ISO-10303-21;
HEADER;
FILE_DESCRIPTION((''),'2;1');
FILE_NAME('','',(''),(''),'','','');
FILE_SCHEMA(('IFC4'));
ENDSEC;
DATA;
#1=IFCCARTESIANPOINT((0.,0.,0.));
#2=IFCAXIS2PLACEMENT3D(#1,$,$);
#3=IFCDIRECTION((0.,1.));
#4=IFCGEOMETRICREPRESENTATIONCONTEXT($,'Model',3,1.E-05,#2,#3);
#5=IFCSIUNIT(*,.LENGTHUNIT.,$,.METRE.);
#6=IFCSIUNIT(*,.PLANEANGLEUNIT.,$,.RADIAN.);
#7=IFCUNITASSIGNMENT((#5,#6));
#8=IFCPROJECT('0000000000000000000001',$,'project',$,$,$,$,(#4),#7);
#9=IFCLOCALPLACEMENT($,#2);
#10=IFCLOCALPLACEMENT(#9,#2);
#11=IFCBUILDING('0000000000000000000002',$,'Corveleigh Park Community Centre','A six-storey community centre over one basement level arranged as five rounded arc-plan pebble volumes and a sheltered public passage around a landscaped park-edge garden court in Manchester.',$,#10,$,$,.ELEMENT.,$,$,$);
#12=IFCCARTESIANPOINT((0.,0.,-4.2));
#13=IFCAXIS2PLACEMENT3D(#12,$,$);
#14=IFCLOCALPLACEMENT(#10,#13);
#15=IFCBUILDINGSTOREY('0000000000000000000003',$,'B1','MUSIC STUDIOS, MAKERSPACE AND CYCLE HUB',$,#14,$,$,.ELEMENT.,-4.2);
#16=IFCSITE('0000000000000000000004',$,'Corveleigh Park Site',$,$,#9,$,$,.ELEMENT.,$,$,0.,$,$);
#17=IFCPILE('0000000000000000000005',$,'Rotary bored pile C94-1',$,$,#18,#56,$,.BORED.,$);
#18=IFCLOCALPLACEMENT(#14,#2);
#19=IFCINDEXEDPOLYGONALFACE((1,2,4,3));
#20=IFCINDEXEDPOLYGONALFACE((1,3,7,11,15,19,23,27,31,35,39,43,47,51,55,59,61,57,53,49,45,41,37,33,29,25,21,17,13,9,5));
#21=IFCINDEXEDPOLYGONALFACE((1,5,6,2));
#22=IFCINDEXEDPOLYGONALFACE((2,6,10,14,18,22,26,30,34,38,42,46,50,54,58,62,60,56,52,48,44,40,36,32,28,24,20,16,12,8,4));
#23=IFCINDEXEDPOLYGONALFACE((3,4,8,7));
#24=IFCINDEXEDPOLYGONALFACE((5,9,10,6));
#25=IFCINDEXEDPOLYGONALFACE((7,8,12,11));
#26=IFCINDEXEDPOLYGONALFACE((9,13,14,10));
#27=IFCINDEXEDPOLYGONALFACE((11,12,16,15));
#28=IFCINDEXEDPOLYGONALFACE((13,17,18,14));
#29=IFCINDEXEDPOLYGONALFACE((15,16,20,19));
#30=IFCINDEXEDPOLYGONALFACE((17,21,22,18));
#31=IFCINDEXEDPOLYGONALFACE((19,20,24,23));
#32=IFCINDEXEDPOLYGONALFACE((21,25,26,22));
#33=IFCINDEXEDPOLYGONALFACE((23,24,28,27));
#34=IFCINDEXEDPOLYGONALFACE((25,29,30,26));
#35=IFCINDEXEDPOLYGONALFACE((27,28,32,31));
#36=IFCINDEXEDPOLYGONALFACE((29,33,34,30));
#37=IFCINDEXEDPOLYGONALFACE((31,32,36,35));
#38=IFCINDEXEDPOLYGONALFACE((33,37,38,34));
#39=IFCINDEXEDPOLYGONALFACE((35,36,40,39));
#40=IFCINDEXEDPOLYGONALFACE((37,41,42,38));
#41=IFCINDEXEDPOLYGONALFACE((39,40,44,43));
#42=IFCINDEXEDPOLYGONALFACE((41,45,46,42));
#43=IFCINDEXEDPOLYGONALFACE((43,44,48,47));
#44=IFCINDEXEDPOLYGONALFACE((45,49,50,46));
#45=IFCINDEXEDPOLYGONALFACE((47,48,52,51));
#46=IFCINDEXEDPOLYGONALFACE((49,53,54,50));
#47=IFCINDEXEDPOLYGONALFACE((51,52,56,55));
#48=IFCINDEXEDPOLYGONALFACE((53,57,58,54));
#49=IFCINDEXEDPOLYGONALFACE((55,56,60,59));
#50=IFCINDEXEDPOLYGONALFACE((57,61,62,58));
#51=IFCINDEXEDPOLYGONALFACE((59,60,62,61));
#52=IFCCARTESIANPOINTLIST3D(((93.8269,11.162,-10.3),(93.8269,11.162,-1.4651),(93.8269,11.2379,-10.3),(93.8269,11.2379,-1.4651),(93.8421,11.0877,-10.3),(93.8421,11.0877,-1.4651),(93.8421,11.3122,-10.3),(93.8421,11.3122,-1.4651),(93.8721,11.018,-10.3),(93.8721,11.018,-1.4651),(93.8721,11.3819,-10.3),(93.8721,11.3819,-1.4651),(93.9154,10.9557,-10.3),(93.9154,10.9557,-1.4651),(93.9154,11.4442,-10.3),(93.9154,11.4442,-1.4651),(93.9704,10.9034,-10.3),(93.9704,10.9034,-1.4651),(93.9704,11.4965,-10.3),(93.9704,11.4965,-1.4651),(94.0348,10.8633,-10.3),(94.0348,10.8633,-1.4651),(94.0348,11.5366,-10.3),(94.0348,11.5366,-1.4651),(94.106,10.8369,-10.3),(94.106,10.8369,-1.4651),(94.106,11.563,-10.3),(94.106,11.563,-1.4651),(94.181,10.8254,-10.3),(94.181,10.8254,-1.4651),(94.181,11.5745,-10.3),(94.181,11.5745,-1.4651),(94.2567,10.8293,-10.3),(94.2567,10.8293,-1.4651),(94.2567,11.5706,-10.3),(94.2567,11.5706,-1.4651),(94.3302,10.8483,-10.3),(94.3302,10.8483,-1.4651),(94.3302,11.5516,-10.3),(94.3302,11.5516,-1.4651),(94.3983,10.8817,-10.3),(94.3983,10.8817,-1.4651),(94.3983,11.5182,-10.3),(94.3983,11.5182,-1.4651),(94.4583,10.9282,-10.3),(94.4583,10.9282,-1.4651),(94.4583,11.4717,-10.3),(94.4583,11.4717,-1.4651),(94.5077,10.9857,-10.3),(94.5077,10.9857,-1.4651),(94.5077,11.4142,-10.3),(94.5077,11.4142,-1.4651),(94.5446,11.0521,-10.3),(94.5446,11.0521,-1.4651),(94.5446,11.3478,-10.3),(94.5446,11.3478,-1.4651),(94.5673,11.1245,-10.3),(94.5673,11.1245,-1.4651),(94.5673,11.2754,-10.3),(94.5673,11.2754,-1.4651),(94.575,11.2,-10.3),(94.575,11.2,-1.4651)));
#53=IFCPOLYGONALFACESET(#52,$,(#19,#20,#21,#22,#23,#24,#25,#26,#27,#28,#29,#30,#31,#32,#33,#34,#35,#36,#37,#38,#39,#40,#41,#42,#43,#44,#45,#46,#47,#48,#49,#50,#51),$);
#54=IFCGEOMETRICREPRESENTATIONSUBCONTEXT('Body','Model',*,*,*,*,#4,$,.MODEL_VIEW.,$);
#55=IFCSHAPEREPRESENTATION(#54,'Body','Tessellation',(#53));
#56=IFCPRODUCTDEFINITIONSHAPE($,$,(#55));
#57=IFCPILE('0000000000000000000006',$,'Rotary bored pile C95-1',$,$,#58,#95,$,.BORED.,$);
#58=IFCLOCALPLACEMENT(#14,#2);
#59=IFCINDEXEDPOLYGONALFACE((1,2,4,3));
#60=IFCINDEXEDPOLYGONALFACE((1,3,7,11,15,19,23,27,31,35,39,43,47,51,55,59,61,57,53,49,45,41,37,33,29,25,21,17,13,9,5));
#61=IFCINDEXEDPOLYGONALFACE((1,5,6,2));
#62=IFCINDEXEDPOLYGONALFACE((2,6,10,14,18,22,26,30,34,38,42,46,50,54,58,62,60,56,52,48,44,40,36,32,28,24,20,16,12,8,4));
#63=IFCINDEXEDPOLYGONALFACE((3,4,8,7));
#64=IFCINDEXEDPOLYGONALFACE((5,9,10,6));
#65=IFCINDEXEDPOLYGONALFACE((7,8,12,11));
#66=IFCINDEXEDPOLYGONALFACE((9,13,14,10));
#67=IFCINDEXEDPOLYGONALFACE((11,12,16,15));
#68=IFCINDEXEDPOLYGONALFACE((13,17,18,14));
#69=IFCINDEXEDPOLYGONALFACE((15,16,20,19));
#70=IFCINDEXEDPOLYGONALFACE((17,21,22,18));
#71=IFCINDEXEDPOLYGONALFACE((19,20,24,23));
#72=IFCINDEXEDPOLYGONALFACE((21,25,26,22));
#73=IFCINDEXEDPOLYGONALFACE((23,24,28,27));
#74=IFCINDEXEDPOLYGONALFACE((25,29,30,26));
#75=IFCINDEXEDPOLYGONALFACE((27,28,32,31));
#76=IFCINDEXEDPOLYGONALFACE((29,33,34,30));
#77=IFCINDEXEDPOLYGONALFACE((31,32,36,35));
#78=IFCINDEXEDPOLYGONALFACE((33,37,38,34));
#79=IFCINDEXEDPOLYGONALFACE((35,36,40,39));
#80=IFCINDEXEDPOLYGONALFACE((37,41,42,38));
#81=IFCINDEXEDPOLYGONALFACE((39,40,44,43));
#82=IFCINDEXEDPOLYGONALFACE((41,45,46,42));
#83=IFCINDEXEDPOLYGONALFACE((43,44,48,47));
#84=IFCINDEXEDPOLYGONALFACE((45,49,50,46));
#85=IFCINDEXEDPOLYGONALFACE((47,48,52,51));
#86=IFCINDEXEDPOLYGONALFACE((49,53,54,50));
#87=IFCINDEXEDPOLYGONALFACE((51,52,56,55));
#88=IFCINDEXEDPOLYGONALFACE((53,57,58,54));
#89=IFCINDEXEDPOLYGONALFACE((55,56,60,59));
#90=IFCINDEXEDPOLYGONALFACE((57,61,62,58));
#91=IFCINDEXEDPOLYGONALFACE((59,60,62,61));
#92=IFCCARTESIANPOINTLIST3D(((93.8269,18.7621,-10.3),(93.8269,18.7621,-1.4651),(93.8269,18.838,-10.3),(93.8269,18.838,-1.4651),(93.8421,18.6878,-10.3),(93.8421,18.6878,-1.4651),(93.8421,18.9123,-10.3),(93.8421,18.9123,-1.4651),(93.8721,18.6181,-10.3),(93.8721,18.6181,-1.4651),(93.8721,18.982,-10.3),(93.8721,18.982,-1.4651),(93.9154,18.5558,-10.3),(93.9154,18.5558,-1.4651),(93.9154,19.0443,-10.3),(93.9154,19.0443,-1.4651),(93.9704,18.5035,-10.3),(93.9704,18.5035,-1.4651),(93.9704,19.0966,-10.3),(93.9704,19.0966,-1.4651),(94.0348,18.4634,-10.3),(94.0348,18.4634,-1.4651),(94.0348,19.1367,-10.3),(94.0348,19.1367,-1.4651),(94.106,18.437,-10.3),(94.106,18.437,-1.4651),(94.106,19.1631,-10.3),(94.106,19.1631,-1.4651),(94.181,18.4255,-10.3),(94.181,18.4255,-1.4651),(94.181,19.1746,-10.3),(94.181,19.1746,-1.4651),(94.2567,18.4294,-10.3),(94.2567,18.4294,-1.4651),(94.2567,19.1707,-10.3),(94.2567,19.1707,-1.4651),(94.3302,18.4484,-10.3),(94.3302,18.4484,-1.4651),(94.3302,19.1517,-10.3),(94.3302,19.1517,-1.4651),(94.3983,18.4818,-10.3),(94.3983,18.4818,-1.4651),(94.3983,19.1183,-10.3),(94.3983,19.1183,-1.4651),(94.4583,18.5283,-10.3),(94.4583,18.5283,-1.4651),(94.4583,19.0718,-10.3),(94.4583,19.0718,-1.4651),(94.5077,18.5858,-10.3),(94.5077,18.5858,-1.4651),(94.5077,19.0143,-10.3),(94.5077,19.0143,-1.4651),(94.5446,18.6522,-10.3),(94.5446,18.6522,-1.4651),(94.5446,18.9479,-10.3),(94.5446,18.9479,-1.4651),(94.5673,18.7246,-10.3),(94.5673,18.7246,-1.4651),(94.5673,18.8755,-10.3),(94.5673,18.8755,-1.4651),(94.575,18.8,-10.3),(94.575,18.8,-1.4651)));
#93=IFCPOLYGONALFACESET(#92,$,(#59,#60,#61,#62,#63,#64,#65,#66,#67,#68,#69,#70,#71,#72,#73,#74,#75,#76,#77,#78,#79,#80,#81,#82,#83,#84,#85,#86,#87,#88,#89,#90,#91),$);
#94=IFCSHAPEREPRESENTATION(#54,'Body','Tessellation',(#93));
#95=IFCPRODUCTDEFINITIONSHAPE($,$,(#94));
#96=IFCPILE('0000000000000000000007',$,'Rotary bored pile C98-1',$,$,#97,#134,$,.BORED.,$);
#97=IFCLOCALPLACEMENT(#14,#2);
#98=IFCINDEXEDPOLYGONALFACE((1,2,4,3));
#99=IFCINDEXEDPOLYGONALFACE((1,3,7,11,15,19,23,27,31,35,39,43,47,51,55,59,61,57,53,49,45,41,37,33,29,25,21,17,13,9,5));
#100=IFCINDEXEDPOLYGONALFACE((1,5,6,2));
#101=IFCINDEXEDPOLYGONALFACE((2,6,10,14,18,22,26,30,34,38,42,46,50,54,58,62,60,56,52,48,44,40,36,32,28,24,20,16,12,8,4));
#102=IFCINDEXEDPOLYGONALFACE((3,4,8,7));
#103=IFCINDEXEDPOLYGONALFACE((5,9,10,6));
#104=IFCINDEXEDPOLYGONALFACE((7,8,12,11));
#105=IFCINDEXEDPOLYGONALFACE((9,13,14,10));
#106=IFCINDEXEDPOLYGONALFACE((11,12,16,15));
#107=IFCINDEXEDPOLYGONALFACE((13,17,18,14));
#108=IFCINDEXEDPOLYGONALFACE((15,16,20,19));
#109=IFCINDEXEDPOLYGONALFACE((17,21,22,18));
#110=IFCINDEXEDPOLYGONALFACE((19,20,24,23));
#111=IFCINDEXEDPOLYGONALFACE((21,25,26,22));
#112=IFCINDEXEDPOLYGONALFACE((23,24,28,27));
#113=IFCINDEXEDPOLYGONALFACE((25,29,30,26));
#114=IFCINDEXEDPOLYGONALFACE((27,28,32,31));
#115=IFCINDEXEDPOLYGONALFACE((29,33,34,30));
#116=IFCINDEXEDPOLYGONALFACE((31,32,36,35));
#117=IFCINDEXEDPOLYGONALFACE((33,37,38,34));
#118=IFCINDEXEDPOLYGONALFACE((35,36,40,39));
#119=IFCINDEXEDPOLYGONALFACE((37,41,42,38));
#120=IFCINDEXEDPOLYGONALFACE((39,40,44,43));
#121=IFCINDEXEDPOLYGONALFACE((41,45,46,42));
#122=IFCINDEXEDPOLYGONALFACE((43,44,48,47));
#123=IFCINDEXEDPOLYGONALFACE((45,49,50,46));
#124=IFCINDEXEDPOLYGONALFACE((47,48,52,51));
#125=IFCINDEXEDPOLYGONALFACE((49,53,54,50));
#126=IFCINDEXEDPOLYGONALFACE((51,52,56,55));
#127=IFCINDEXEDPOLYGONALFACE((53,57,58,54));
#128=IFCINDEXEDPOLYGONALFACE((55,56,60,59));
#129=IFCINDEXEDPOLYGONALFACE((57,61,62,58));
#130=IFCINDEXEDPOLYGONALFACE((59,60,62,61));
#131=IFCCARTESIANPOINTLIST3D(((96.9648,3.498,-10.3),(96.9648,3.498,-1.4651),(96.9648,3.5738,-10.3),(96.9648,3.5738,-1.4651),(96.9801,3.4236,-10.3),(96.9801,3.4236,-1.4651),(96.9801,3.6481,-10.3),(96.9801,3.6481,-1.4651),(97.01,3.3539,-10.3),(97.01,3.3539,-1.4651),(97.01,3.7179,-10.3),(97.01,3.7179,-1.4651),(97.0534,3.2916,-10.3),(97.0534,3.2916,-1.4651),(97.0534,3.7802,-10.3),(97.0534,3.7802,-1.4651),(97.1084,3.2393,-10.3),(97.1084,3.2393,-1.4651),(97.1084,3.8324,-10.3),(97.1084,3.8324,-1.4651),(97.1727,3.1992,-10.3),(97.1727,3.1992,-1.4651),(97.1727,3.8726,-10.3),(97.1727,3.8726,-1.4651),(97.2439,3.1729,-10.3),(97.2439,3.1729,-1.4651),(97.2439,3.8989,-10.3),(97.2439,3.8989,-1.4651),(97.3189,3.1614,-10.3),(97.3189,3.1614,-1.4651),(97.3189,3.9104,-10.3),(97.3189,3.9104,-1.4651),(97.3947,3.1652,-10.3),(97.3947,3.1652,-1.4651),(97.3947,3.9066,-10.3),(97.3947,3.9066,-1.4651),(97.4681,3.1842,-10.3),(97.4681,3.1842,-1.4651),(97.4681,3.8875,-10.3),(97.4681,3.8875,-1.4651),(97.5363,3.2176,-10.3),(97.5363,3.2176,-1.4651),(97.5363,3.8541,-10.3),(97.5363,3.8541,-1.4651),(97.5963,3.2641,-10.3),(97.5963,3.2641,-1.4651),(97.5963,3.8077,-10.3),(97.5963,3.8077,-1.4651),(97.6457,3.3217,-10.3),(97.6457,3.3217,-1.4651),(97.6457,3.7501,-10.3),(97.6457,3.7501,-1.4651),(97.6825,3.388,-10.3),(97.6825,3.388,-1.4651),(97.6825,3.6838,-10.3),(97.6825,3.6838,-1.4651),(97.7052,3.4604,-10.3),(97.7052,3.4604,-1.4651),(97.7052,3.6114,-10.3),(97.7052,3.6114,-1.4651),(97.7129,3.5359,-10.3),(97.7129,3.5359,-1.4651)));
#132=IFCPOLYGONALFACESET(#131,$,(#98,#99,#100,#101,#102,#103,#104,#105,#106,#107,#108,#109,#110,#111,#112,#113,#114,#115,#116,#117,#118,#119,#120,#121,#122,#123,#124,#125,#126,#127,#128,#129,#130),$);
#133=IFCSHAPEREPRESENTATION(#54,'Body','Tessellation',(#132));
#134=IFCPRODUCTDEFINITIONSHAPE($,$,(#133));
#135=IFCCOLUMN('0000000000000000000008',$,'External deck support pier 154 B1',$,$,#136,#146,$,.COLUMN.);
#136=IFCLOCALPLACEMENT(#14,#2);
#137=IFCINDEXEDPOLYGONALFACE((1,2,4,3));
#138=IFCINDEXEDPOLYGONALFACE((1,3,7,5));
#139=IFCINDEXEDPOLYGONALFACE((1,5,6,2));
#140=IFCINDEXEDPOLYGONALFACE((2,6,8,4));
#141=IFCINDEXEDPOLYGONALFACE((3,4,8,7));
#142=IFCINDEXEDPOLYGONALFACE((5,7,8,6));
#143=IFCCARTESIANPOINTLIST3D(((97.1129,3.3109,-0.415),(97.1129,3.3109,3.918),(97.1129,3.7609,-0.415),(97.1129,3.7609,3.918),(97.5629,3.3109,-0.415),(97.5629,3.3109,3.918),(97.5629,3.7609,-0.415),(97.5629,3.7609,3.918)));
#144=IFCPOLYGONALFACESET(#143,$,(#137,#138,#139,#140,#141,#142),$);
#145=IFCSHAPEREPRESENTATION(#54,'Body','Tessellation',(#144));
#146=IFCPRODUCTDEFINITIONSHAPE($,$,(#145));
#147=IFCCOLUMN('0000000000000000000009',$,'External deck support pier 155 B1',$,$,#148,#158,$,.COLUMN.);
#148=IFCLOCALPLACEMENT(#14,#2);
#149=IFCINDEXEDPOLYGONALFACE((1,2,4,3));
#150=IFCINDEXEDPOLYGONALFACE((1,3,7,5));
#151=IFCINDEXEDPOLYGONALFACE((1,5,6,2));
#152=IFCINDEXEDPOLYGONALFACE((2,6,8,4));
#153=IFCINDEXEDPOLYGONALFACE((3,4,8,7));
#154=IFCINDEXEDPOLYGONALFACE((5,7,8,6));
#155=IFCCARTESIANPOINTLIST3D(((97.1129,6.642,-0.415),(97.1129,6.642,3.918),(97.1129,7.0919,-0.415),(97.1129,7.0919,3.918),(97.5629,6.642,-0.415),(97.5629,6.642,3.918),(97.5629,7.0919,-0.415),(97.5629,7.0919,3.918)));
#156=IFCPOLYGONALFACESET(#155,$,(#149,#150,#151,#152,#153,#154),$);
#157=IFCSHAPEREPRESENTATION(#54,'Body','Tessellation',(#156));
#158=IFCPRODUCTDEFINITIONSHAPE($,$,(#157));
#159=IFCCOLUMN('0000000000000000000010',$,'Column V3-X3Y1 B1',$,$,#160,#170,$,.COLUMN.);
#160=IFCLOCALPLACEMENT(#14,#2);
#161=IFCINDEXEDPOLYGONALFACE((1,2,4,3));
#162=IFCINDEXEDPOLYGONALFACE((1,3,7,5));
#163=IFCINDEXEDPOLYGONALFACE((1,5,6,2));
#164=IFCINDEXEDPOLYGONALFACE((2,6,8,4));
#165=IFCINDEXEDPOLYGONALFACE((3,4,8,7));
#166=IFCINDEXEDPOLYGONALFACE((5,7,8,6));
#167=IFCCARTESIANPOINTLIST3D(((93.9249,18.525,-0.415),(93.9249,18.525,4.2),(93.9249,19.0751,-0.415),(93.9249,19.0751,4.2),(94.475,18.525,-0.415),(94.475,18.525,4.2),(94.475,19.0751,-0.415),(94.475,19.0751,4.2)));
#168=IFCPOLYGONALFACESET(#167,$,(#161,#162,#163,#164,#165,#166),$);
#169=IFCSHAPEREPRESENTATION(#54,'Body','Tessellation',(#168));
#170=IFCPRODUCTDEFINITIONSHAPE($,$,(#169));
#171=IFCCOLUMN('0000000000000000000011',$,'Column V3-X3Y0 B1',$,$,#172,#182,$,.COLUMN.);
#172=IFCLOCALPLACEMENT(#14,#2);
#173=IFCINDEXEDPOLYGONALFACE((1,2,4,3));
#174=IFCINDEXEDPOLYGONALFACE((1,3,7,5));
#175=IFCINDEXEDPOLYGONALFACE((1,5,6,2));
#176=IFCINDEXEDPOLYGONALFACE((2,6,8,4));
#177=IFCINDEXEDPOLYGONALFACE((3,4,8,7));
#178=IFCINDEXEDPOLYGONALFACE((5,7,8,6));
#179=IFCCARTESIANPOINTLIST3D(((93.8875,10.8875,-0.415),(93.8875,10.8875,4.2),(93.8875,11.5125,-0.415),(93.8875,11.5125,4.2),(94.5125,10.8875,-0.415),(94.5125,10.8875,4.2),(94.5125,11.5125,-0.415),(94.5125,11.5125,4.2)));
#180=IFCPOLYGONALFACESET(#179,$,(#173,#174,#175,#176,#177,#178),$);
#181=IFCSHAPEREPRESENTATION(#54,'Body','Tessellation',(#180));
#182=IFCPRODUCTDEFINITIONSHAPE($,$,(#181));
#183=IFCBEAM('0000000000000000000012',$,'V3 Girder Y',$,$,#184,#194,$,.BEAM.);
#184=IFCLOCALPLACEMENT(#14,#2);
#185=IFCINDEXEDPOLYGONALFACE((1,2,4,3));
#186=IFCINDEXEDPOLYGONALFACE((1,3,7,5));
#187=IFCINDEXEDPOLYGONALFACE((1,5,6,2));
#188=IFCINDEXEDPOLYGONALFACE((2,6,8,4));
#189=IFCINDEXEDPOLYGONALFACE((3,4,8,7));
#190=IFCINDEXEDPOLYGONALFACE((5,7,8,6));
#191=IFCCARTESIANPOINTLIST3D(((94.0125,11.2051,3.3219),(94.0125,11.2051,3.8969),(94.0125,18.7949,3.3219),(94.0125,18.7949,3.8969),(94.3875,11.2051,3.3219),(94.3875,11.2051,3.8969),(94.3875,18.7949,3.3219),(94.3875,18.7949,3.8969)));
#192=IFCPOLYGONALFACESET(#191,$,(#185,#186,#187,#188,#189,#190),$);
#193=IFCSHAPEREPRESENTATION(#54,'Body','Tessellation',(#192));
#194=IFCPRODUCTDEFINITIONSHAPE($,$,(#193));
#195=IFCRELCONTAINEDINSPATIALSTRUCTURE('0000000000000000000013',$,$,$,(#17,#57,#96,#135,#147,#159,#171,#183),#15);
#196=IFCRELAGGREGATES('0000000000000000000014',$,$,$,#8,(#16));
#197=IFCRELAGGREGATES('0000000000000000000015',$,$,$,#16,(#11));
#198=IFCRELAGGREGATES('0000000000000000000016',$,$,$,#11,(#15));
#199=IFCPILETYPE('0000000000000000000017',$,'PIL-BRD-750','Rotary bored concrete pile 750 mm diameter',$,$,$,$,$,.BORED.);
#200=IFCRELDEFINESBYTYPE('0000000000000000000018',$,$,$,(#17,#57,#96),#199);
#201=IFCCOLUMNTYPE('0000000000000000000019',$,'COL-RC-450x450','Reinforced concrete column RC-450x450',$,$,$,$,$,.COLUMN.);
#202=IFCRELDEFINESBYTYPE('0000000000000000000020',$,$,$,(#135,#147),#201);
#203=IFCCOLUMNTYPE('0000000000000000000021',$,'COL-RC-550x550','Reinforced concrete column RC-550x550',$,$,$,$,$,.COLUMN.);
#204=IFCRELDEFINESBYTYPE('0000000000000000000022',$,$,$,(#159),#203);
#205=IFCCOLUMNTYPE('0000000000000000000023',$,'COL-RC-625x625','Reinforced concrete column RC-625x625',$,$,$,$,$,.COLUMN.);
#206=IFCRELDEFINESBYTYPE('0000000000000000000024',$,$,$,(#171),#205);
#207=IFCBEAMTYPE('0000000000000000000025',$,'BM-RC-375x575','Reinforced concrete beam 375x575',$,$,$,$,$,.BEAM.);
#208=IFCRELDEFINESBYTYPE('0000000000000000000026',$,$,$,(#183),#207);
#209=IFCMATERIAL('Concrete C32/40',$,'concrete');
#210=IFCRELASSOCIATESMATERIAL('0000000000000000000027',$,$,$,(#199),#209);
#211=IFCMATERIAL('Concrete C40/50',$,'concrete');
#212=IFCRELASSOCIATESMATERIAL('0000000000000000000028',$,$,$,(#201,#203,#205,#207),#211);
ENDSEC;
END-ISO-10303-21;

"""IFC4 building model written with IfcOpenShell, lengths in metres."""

from ifc_helpers import new_model, si_unit, direction, frame, origin, origin_2d, place, context, subcontext, project, spatial, rectangle, circle, extrude, material, material_profile, profile_set, type_object, element, save


model = new_model("IFC4")

# Units and contexts
model_context = context("Model", 3, precision=1e-05, world=origin(), true_north=direction((0.0, 1.0)))
body_context = subcontext(model_context, "Body", "Model", "MODEL_VIEW")
ifc_project = project(units=[si_unit("LENGTHUNIT", "METRE"), si_unit("PLANEANGLEUNIT", "RADIAN")], contexts=[model_context])

# Site, building, storey
site_placement = place(None, origin())
site = spatial("IfcSite", under=ifc_project, at=site_placement, Name="Corveleigh Park Site", CompositionType="ELEMENT", RefElevation=0.0)
building_placement = place(site_placement, origin())
building = spatial("IfcBuilding", under=site, at=building_placement, Name="Corveleigh Park Community Centre", Description="A six-storey community centre over one basement level arranged as five rounded arc-plan pebble volumes and a sheltered public passage around a landscaped park-edge garden court in Manchester.", CompositionType="ELEMENT")
storey_placement = place(building_placement, frame((0.0, 0.0, -4.2)))
storey = spatial("IfcBuildingStorey", under=building, at=storey_placement, Name="B1", Description="MUSIC STUDIOS, MAKERSPACE AND CYCLE HUB", CompositionType="ELEMENT", Elevation=-4.2)

# Shared definitions
ifc_material_1 = material(Name="Concrete C40/50", Category="concrete")

# Piles
ifc_material_2 = material(Name="Concrete C32/40", Category="concrete")
ifc_material_profile_1 = material_profile(ifc_material_2, circle(Radius=0.375, at=origin_2d()), Name="BORED-PILE-750", Category="concrete")
ifc_profile_set_1 = profile_set([ifc_material_profile_1], Name="Concrete C32/40")
pile_type = type_object("IfcPileType", Name="PIL-BRD-750", Description="Rotary bored concrete pile 750 mm diameter", PredefinedType="BORED", material=ifc_profile_set_1)
for number, where, z_axis, x_axis, name in (
    (1, (94.2, 11.2, -1.4651), (0.0, 0.0, -1.0), (1.0, 0.0, 0.0), "Rotary bored pile C94-1"),
    (2, (94.2, 18.8, -1.4651), (0.0, 0.0, -1.0), (1.0, 0.0, 0.0), "Rotary bored pile C95-1"),
    (3, (97.3379, 3.5359, -1.4651), (0.0, 0.0, -1.0), (1.0, 0.0, 0.0), "Rotary bored pile C98-1"),
):
    element("IfcPile", number, at=place(storey_placement, frame(where, z_axis=z_axis, x_axis=x_axis)), inside=storey, type_object=pile_type, Name=name, PredefinedType="BORED", context=body_context, shape_type="SweptSolid", body=[
        extrude(circle(Radius=0.375, at=origin_2d()), origin(), (0.0, 0.0, 1.0), 8.835),
    ])

# Columns
ifc_material_profile_2 = material_profile(ifc_material_1, rectangle(XDim=0.45, YDim=0.45, at=origin_2d()), Name="RC-450x450", Category="concrete")
ifc_profile_set_2 = profile_set([ifc_material_profile_2], Name="Concrete C40/50")
column_type_1 = type_object("IfcColumnType", Name="COL-RC-450x450", Description="Reinforced concrete column RC-450x450", PredefinedType="COLUMN", material=ifc_profile_set_2)
for number, where, z_axis, x_axis, name in (
    (4, (97.3379, 3.5359, -0.415), (0.0, 0.0, 1.0), (1.0, 0.0, 0.0), "External deck support pier 154 B1"),
    (5, (97.3379, 6.8669, -0.415), (0.0, 0.0, 1.0), (1.0, 0.0, 0.0), "External deck support pier 155 B1"),
):
    element("IfcColumn", number, at=place(storey_placement, frame(where, z_axis=z_axis, x_axis=x_axis)), inside=storey, type_object=column_type_1, Name=name, PredefinedType="COLUMN", context=body_context, shape_type="SweptSolid", body=[
        extrude(rectangle(XDim=0.45, YDim=0.45, at=origin_2d()), origin(), (0.0, 0.0, 1.0), 4.333),
    ])
ifc_material_profile_3 = material_profile(ifc_material_1, rectangle(XDim=0.55, YDim=0.55, at=origin_2d()), Name="RC-550x550", Category="concrete")
ifc_profile_set_3 = profile_set([ifc_material_profile_3], Name="Concrete C40/50")
column_type_2 = type_object("IfcColumnType", Name="COL-RC-550x550", Description="Reinforced concrete column RC-550x550", PredefinedType="COLUMN", material=ifc_profile_set_3)
column_1_placement = place(storey_placement, frame((94.2, 18.8, -0.415), z_axis=(0.0, 0.0, 1.0), x_axis=(1.0, 0.0, 0.0)))
element("IfcColumn", 6, at=column_1_placement, inside=storey, type_object=column_type_2, Name="Column V3-X3Y1 B1", PredefinedType="COLUMN", context=body_context, shape_type="SweptSolid", body=[
    extrude(rectangle(XDim=0.55, YDim=0.55, at=origin_2d()), origin(), (0.0, 0.0, 1.0), 4.615),
])
ifc_material_profile_4 = material_profile(ifc_material_1, rectangle(XDim=0.625, YDim=0.625, at=origin_2d()), Name="RC-625x625", Category="concrete")
ifc_profile_set_4 = profile_set([ifc_material_profile_4], Name="Concrete C40/50")
column_type_3 = type_object("IfcColumnType", Name="COL-RC-625x625", Description="Reinforced concrete column RC-625x625", PredefinedType="COLUMN", material=ifc_profile_set_4)
column_2_placement = place(storey_placement, frame((94.2, 11.2, -0.415), z_axis=(0.0, 0.0, 1.0), x_axis=(1.0, 0.0, 0.0)))
element("IfcColumn", 7, at=column_2_placement, inside=storey, type_object=column_type_3, Name="Column V3-X3Y0 B1", PredefinedType="COLUMN", context=body_context, shape_type="SweptSolid", body=[
    extrude(rectangle(XDim=0.625, YDim=0.625, at=origin_2d()), origin(), (0.0, 0.0, 1.0), 4.615),
])

# Beam
ifc_material_profile_5 = material_profile(ifc_material_1, rectangle(XDim=0.375, YDim=0.575, at=origin_2d()), Name="RC-375x575", Category="concrete")
ifc_profile_set_5 = profile_set([ifc_material_profile_5], Name="Concrete C40/50")
beam_type_1 = type_object("IfcBeamType", Name="BM-RC-375x575", Description="Reinforced concrete beam 375x575", PredefinedType="BEAM", material=ifc_profile_set_5)
beam_1_placement = place(storey_placement, frame((94.2, 11.2051, 3.6094), z_axis=(0.0, 1.0, 0.0), x_axis=(-1.0, 0.0, 0.0)))
element("IfcBeam", 8, at=beam_1_placement, inside=storey, type_object=beam_type_1, Name="V3 Girder Y", PredefinedType="BEAM", context=body_context, shape_type="SweptSolid", body=[
    extrude(rectangle(XDim=0.375, YDim=0.575, at=origin_2d()), origin(), (0.0, 0.0, 1.0), 7.5898),
])

save(model, "model.ifc")
